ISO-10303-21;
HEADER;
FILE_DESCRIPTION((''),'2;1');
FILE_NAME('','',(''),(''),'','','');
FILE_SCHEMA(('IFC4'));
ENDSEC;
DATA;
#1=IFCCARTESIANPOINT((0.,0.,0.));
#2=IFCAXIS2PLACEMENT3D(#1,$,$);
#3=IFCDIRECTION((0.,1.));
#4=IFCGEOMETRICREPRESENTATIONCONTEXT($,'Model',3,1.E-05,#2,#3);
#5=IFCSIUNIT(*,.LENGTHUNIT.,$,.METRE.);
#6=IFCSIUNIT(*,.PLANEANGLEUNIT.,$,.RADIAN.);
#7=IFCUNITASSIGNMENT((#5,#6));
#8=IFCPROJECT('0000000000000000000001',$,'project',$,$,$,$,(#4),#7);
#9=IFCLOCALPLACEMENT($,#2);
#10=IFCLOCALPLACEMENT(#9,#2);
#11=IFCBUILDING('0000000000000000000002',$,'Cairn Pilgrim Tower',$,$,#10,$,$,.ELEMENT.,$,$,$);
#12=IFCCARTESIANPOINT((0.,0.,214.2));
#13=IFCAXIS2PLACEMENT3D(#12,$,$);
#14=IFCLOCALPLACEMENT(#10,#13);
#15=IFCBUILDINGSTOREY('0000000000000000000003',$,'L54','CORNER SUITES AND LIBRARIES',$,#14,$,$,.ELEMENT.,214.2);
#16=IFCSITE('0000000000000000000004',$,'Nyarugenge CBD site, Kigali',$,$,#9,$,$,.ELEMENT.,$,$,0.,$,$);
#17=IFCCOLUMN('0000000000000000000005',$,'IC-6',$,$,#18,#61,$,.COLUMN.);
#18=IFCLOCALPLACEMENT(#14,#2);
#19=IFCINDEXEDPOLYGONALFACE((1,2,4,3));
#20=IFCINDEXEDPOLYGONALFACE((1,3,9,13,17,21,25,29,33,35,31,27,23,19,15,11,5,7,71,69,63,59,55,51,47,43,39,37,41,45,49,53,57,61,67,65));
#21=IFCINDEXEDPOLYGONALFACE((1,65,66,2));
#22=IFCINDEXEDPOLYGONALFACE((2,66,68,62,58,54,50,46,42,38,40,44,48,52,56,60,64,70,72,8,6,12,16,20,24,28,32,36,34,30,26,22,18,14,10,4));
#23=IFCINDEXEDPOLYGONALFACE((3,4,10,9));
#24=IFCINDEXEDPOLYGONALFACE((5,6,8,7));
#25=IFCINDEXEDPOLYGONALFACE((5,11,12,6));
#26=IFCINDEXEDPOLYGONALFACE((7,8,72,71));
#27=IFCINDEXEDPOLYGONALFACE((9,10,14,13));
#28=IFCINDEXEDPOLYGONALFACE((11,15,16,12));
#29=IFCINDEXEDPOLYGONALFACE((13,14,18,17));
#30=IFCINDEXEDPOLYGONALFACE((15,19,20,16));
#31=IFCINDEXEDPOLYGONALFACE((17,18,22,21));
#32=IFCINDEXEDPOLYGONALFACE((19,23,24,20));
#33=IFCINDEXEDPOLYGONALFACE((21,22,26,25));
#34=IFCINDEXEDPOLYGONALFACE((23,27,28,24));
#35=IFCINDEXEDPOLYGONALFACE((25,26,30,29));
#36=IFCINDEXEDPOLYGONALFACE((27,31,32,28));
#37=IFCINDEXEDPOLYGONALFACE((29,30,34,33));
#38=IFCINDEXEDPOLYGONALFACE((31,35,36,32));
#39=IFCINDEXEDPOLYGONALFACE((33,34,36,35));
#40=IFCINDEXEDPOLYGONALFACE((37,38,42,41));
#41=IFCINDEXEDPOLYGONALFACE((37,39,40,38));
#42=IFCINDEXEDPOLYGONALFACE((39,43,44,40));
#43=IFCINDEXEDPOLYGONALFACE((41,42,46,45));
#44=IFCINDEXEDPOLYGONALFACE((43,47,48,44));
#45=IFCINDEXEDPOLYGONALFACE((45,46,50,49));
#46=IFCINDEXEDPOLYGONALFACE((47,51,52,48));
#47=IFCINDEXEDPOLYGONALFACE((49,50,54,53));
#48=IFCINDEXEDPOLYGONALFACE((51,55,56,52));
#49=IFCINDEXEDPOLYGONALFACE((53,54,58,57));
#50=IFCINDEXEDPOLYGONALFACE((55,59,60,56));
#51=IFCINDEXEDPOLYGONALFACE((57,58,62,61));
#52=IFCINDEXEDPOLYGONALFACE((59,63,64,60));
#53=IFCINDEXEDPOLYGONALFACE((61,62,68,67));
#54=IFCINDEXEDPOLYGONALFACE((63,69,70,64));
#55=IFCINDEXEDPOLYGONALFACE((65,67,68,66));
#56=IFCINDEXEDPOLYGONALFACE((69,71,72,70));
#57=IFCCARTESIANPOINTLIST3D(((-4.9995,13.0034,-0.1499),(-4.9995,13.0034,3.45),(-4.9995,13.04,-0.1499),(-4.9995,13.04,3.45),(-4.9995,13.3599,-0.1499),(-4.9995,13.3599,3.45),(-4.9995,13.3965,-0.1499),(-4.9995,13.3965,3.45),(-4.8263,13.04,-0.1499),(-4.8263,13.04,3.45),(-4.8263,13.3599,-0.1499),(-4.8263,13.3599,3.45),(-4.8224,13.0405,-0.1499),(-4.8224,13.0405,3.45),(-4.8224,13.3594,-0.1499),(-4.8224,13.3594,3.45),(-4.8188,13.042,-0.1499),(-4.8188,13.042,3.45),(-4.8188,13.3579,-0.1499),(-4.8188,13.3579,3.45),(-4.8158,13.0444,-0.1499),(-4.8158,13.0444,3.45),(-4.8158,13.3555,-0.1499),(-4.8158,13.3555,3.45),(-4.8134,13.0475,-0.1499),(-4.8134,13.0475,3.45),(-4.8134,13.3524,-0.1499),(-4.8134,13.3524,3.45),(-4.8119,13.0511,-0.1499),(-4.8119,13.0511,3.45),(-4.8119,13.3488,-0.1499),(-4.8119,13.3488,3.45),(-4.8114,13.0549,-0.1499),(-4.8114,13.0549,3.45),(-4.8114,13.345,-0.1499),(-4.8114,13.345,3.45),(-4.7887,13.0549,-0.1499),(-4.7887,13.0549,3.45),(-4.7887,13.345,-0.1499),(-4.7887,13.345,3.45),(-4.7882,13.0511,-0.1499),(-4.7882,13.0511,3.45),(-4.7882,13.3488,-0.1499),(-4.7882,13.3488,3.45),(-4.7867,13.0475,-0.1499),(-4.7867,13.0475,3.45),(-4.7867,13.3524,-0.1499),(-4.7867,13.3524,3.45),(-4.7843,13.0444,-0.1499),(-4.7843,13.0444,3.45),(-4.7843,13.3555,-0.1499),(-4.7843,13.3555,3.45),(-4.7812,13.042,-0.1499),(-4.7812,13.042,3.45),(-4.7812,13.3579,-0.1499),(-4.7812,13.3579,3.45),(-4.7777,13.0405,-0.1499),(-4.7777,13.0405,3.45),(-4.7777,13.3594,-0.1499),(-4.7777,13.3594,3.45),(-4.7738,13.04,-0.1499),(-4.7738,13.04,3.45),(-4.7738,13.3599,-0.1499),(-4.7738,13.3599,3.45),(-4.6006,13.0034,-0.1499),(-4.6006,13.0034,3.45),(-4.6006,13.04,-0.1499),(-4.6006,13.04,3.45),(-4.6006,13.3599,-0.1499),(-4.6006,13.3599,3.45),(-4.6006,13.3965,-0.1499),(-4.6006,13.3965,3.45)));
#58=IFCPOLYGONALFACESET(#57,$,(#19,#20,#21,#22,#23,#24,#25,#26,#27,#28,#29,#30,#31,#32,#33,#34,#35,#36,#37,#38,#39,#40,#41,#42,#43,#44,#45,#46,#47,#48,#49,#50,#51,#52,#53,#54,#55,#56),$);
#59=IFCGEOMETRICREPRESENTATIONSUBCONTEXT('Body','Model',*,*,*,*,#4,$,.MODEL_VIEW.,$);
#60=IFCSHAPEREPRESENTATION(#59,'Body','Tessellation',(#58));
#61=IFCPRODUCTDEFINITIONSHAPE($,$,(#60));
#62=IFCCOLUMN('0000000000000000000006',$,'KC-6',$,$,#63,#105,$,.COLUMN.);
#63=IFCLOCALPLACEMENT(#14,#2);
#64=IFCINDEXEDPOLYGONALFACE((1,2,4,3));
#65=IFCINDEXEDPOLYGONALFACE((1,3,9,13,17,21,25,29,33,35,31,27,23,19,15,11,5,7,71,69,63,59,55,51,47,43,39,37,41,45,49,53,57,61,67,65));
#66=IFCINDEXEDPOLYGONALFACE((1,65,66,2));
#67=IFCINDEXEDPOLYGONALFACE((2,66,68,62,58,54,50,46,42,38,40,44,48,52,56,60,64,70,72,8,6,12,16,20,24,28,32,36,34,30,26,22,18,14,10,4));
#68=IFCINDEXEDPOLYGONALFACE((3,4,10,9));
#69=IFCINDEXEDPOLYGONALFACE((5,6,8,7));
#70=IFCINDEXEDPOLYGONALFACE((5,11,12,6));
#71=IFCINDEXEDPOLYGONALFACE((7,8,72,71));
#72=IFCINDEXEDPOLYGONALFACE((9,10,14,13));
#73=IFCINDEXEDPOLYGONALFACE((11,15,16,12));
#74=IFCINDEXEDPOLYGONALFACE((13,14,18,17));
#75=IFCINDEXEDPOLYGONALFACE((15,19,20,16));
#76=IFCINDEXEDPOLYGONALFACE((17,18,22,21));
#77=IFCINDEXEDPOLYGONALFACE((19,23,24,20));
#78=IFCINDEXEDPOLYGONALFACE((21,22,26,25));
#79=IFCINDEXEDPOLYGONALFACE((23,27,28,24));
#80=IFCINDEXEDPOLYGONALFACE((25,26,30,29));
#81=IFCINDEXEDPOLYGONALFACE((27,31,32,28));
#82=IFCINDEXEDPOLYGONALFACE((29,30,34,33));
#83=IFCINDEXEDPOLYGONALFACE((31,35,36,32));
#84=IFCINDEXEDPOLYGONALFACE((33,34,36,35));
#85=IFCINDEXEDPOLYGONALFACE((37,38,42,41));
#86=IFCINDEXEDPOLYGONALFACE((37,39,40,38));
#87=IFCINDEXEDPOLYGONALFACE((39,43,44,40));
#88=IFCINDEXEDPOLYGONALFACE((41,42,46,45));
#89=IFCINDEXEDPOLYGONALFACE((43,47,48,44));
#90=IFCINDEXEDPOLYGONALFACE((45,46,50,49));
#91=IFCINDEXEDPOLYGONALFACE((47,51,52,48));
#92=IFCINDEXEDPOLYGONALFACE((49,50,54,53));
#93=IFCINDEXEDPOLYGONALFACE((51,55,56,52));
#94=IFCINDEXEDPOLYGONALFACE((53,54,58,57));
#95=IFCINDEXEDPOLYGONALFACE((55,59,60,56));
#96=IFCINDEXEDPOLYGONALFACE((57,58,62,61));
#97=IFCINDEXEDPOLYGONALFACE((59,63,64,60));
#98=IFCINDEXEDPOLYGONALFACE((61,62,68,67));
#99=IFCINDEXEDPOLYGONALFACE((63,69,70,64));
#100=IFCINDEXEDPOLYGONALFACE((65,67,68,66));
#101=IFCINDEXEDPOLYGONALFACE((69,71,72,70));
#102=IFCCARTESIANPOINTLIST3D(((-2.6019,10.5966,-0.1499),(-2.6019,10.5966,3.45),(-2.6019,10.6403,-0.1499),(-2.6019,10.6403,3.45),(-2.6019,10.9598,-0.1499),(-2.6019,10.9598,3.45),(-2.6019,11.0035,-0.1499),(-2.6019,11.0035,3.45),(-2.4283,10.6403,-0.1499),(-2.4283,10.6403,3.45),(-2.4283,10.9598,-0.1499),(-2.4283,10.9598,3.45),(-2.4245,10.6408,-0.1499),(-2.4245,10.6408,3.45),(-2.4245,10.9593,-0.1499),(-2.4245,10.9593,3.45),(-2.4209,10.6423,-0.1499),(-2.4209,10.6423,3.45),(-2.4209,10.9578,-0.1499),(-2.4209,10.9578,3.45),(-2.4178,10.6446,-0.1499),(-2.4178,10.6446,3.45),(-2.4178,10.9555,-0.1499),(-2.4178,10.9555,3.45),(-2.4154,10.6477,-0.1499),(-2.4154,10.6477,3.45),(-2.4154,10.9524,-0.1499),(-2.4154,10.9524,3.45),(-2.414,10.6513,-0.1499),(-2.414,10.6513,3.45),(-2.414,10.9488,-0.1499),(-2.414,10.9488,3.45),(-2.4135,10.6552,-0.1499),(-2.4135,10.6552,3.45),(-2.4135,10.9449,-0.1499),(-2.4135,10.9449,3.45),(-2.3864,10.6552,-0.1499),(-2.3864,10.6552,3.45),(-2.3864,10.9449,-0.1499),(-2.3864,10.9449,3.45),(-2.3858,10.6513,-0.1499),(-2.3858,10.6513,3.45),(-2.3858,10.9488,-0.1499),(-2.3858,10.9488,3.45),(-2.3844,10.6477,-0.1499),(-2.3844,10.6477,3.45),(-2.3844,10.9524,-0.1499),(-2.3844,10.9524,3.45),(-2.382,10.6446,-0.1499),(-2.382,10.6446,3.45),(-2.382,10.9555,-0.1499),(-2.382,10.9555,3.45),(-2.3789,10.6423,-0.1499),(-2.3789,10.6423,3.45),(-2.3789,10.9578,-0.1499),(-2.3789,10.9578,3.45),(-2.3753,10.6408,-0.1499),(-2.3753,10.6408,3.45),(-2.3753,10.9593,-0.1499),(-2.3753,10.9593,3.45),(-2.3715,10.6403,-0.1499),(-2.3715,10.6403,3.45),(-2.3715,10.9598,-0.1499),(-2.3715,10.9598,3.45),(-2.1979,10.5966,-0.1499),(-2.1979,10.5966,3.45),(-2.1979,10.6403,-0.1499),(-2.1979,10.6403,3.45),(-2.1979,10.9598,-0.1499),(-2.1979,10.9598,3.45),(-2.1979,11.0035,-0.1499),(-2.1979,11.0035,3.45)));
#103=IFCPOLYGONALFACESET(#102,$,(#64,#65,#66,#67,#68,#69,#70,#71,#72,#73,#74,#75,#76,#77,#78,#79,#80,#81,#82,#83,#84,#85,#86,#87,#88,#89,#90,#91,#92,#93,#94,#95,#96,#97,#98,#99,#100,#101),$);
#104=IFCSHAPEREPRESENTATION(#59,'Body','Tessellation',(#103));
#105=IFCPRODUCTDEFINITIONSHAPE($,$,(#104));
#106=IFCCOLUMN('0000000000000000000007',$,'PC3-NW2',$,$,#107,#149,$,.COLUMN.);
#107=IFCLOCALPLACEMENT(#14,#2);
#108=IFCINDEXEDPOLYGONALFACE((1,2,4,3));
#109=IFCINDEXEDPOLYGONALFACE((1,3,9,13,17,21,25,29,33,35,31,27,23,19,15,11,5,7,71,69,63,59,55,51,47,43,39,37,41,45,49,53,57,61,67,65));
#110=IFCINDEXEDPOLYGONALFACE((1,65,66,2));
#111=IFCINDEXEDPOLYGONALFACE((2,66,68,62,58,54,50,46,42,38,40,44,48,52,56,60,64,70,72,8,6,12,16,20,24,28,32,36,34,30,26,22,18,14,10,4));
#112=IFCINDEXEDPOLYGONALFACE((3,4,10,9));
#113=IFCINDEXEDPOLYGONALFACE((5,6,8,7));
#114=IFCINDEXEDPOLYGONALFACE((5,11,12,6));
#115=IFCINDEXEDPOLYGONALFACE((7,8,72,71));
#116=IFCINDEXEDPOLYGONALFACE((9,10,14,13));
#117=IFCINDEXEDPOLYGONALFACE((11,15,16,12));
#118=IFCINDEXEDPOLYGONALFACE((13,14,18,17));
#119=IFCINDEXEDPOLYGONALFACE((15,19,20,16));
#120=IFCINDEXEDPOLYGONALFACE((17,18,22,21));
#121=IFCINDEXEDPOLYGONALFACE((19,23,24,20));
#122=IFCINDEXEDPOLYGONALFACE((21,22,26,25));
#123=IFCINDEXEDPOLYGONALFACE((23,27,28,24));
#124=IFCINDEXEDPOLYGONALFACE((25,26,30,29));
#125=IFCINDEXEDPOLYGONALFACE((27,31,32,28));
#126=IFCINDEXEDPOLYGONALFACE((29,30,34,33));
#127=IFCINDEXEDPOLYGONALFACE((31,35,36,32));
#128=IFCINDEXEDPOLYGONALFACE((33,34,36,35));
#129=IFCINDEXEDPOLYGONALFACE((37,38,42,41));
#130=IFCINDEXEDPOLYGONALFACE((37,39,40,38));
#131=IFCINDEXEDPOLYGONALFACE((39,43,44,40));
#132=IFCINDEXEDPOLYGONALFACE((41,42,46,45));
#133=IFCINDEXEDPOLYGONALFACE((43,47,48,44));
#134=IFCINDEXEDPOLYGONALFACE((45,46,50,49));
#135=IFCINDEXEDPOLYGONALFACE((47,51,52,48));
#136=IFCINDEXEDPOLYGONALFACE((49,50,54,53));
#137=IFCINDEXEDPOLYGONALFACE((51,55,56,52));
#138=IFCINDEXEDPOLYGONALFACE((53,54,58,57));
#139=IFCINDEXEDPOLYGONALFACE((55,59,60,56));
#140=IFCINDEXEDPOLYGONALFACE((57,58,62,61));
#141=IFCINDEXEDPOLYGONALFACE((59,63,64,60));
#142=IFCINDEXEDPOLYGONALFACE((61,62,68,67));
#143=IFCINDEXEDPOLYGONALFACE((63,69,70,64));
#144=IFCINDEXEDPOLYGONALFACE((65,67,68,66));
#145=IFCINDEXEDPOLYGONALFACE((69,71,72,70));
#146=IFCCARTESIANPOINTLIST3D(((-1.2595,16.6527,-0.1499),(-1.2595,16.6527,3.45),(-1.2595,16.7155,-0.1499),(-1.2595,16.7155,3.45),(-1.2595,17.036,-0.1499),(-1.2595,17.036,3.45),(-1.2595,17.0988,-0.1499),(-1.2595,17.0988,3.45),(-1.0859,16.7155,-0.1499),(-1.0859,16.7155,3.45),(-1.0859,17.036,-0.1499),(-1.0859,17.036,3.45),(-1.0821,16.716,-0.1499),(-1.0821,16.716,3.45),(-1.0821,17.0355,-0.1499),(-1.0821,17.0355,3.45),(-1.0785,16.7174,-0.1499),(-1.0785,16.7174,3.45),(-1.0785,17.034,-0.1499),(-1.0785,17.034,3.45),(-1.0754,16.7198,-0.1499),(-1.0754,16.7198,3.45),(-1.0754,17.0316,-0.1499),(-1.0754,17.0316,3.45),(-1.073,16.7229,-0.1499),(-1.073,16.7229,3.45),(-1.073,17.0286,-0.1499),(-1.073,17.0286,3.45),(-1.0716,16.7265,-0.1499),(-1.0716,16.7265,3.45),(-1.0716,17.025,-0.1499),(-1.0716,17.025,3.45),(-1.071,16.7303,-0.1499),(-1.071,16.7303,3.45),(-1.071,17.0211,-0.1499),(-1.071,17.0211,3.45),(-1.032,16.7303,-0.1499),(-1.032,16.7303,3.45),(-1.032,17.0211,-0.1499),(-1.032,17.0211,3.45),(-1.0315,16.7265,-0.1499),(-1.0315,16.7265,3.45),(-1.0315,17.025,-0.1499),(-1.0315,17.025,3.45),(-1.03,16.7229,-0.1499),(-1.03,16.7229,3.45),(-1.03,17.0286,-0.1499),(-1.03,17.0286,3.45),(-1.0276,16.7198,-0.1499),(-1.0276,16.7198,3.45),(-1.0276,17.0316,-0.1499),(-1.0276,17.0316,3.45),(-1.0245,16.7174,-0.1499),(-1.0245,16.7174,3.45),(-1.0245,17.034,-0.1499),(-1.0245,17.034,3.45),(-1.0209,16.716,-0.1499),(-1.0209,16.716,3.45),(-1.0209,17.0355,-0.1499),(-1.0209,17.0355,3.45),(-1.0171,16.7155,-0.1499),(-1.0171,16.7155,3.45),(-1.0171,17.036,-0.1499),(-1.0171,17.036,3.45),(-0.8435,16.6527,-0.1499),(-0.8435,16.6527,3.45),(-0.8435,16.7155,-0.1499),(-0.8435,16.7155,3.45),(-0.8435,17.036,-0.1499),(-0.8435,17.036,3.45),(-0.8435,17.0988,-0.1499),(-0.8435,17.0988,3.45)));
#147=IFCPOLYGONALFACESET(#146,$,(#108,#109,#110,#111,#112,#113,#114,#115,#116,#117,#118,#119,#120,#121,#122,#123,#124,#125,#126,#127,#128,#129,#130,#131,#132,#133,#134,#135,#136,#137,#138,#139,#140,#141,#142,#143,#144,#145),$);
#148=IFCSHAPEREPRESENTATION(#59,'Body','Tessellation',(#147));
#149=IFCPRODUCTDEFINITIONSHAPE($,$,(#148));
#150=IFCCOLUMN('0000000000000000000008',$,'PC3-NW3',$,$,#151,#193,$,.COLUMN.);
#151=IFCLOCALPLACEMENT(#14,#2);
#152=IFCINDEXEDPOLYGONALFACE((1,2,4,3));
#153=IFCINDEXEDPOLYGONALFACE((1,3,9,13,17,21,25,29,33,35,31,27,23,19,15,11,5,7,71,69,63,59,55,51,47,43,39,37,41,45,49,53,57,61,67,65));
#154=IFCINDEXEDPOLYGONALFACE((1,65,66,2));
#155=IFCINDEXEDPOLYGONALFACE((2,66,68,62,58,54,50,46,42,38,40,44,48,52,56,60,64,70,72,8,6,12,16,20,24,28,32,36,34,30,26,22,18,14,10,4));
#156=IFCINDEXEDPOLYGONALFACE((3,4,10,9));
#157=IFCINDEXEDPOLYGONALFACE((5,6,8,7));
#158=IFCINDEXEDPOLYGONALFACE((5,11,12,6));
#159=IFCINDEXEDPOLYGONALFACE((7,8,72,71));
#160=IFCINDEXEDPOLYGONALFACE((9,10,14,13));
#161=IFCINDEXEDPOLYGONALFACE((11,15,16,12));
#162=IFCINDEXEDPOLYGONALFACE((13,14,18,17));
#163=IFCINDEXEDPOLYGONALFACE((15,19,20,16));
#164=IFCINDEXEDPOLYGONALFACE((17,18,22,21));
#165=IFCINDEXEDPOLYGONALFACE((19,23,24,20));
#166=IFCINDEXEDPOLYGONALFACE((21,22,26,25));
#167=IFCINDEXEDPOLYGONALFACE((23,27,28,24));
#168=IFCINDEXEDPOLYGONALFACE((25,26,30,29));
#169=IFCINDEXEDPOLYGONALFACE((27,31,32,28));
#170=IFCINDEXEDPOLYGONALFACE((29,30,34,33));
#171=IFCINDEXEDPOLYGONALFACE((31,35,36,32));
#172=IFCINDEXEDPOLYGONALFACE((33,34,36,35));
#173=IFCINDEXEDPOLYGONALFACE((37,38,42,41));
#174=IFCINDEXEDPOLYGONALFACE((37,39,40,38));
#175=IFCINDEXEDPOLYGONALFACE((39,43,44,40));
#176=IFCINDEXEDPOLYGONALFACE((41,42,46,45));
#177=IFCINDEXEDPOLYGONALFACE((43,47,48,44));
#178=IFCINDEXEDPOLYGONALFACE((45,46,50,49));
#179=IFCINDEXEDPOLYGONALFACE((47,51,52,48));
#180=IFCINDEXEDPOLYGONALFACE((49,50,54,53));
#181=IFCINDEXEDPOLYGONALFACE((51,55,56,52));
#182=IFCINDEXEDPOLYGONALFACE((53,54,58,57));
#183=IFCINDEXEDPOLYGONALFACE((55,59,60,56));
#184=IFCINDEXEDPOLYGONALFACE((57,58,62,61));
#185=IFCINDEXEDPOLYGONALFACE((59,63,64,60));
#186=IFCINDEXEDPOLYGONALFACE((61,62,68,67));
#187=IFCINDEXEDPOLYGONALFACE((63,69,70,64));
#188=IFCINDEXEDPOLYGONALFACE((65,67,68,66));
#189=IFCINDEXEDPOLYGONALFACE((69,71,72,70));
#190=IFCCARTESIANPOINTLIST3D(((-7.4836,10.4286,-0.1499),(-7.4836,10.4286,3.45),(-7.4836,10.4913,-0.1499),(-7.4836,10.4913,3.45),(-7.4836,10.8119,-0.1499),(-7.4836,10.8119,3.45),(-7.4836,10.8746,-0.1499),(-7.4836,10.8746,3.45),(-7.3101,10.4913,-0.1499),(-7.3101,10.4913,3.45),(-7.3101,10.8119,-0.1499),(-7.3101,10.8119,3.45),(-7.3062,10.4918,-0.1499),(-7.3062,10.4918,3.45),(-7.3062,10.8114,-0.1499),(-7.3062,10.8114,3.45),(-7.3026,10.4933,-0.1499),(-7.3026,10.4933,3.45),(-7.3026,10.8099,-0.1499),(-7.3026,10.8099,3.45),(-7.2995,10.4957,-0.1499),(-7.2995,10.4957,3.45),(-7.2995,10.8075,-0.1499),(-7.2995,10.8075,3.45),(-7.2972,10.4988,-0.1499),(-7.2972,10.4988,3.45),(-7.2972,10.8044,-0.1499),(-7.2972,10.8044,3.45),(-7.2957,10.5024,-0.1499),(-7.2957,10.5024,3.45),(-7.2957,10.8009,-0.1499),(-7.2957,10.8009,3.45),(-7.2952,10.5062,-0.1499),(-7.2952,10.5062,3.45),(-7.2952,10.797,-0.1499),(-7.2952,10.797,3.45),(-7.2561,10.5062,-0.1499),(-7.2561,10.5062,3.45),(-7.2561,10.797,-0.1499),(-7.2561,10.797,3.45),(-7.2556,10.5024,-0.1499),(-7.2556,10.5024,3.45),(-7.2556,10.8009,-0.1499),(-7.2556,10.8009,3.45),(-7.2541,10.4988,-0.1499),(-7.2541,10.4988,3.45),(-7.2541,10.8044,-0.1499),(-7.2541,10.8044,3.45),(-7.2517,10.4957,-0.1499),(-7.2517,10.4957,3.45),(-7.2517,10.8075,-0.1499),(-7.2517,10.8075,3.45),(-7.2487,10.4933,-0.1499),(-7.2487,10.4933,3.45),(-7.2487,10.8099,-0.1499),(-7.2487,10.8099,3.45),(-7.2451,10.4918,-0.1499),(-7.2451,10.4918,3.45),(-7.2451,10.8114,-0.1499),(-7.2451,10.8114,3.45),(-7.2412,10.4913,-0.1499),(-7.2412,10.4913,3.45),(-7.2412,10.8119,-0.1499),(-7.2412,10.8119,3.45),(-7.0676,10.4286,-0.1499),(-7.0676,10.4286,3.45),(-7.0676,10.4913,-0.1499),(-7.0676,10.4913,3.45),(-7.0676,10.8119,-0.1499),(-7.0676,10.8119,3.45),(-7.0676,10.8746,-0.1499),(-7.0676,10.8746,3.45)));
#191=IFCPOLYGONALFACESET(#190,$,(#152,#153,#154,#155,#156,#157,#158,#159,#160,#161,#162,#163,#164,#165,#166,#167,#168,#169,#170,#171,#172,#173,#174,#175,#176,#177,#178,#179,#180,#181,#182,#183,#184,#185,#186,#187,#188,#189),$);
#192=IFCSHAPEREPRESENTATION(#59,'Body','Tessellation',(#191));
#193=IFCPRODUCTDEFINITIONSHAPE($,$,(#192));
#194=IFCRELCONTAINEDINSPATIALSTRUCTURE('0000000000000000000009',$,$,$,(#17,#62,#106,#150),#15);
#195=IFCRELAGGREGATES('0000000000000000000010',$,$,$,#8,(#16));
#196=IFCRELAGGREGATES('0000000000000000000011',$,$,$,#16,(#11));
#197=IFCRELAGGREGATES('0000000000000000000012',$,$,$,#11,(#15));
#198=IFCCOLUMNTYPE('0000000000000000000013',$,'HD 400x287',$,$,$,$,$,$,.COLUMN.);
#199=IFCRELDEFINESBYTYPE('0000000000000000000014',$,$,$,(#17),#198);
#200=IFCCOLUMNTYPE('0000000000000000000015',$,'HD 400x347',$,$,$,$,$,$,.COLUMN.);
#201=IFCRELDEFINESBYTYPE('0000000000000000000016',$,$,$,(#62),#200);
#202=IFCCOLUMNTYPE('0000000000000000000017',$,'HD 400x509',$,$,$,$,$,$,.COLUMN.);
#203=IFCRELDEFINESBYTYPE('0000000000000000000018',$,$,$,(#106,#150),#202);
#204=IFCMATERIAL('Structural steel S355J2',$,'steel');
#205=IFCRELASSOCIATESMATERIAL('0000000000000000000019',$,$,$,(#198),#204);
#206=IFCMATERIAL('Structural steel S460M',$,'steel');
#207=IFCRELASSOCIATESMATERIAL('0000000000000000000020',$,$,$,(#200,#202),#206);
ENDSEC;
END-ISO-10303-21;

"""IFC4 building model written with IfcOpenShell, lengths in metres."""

from ifc_helpers import new_model, si_unit, direction, frame, origin, origin_2d, place, context, subcontext, project, spatial, i_section, extrude, material, material_profile, profile_set, type_object, element, save


model = new_model("IFC4")

# Units and contexts
model_context = context("Model", 3, precision=1e-05, world=origin(), true_north=direction((0.0, 1.0)))
body_context = subcontext(model_context, "Body", "Model", "MODEL_VIEW")
ifc_project = project(units=[si_unit("LENGTHUNIT", "METRE"), si_unit("PLANEANGLEUNIT", "RADIAN")], contexts=[model_context])

# Site, building, storey
site_placement = place(None, origin())
site = spatial("IfcSite", under=ifc_project, at=site_placement, Name="Nyarugenge CBD site, Kigali", CompositionType="ELEMENT", RefElevation=0.0)
building_placement = place(site_placement, origin())
building = spatial("IfcBuilding", under=site, at=building_placement, Name="Cairn Pilgrim Tower", CompositionType="ELEMENT")
storey_placement = place(building_placement, frame((0.0, 0.0, 214.2)))
storey = spatial("IfcBuildingStorey", under=building, at=storey_placement, Name="L54", Description="CORNER SUITES AND LIBRARIES", CompositionType="ELEMENT", Elevation=214.2)

# Columns
ifc_material_1 = material(Name="Structural steel S355J2", Category="steel")
ifc_material_profile_1 = material_profile(ifc_material_1, i_section(OverallWidth=0.3989, OverallDepth=0.3931, WebThickness=0.0227, FlangeThickness=0.0366, FilletRadius=0.0149, at=origin_2d()), Name="HD 400x287")
ifc_profile_set_1 = profile_set([ifc_material_profile_1], Name="Structural steel S355J2")
column_type_1 = type_object("IfcColumnType", Name="HD 400x287", PredefinedType="COLUMN", material=ifc_profile_set_1)
column_1_placement = place(storey_placement, frame((-4.8, 13.2, -0.1499), z_axis=(0.0, 0.0, 1.0), x_axis=(1.0, 0.0, 0.0)))
element("IfcColumn", 1, at=column_1_placement, inside=storey, type_object=column_type_1, Name="IC-6", PredefinedType="COLUMN", context=body_context, shape_type="SweptSolid", body=[
    extrude(i_section(OverallWidth=0.3989, OverallDepth=0.3931, WebThickness=0.0227, FlangeThickness=0.0366, FilletRadius=0.0149, at=origin_2d()), origin(), (0.0, 0.0, 1.0), 3.5999),
])
ifc_material_2 = material(Name="Structural steel S460M", Category="steel")
ifc_material_profile_2 = material_profile(ifc_material_2, i_section(OverallWidth=0.4041, OverallDepth=0.407, WebThickness=0.0271, FlangeThickness=0.0437, FilletRadius=0.0149, at=origin_2d()), Name="HD 400x347")
ifc_profile_set_2 = profile_set([ifc_material_profile_2], Name="Structural steel S460M")
column_type_2 = type_object("IfcColumnType", Name="HD 400x347", PredefinedType="COLUMN", material=ifc_profile_set_2)
column_2_placement = place(storey_placement, frame((-2.3999, 10.8, -0.1499), z_axis=(0.0, 0.0, 1.0), x_axis=(1.0, 0.0, 0.0)))
element("IfcColumn", 2, at=column_2_placement, inside=storey, type_object=column_type_2, Name="KC-6", PredefinedType="COLUMN", context=body_context, shape_type="SweptSolid", body=[
    extrude(i_section(OverallWidth=0.4041, OverallDepth=0.407, WebThickness=0.0271, FlangeThickness=0.0437, FilletRadius=0.0149, at=origin_2d()), origin(), (0.0, 0.0, 1.0), 3.5999),
])
ifc_material_profile_3 = material_profile(ifc_material_2, i_section(OverallWidth=0.416, OverallDepth=0.446, WebThickness=0.0391, FlangeThickness=0.0627, FilletRadius=0.0149, at=origin_2d()), Name="HD 400x509")
ifc_profile_set_3 = profile_set([ifc_material_profile_3], Name="Structural steel S460M")
column_type_3 = type_object("IfcColumnType", Name="HD 400x509", PredefinedType="COLUMN", material=ifc_profile_set_3)
for number, where, z_axis, x_axis, name in (
    (3, (-1.0515, 16.8757, -0.1499), (0.0, 0.0, 1.0), (1.0, 0.0, 0.0), "PC3-NW2"),
    (4, (-7.2756, 10.6516, -0.1499), (0.0, 0.0, 1.0), (1.0, 0.0, 0.0), "PC3-NW3"),
):
    element("IfcColumn", number, at=place(storey_placement, frame(where, z_axis=z_axis, x_axis=x_axis)), inside=storey, type_object=column_type_3, Name=name, PredefinedType="COLUMN", context=body_context, shape_type="SweptSolid", body=[
        extrude(i_section(OverallWidth=0.416, OverallDepth=0.446, WebThickness=0.0391, FlangeThickness=0.0627, FilletRadius=0.0149, at=origin_2d()), origin(), (0.0, 0.0, 1.0), 3.5999),
    ])

save(model, "model.ifc")
